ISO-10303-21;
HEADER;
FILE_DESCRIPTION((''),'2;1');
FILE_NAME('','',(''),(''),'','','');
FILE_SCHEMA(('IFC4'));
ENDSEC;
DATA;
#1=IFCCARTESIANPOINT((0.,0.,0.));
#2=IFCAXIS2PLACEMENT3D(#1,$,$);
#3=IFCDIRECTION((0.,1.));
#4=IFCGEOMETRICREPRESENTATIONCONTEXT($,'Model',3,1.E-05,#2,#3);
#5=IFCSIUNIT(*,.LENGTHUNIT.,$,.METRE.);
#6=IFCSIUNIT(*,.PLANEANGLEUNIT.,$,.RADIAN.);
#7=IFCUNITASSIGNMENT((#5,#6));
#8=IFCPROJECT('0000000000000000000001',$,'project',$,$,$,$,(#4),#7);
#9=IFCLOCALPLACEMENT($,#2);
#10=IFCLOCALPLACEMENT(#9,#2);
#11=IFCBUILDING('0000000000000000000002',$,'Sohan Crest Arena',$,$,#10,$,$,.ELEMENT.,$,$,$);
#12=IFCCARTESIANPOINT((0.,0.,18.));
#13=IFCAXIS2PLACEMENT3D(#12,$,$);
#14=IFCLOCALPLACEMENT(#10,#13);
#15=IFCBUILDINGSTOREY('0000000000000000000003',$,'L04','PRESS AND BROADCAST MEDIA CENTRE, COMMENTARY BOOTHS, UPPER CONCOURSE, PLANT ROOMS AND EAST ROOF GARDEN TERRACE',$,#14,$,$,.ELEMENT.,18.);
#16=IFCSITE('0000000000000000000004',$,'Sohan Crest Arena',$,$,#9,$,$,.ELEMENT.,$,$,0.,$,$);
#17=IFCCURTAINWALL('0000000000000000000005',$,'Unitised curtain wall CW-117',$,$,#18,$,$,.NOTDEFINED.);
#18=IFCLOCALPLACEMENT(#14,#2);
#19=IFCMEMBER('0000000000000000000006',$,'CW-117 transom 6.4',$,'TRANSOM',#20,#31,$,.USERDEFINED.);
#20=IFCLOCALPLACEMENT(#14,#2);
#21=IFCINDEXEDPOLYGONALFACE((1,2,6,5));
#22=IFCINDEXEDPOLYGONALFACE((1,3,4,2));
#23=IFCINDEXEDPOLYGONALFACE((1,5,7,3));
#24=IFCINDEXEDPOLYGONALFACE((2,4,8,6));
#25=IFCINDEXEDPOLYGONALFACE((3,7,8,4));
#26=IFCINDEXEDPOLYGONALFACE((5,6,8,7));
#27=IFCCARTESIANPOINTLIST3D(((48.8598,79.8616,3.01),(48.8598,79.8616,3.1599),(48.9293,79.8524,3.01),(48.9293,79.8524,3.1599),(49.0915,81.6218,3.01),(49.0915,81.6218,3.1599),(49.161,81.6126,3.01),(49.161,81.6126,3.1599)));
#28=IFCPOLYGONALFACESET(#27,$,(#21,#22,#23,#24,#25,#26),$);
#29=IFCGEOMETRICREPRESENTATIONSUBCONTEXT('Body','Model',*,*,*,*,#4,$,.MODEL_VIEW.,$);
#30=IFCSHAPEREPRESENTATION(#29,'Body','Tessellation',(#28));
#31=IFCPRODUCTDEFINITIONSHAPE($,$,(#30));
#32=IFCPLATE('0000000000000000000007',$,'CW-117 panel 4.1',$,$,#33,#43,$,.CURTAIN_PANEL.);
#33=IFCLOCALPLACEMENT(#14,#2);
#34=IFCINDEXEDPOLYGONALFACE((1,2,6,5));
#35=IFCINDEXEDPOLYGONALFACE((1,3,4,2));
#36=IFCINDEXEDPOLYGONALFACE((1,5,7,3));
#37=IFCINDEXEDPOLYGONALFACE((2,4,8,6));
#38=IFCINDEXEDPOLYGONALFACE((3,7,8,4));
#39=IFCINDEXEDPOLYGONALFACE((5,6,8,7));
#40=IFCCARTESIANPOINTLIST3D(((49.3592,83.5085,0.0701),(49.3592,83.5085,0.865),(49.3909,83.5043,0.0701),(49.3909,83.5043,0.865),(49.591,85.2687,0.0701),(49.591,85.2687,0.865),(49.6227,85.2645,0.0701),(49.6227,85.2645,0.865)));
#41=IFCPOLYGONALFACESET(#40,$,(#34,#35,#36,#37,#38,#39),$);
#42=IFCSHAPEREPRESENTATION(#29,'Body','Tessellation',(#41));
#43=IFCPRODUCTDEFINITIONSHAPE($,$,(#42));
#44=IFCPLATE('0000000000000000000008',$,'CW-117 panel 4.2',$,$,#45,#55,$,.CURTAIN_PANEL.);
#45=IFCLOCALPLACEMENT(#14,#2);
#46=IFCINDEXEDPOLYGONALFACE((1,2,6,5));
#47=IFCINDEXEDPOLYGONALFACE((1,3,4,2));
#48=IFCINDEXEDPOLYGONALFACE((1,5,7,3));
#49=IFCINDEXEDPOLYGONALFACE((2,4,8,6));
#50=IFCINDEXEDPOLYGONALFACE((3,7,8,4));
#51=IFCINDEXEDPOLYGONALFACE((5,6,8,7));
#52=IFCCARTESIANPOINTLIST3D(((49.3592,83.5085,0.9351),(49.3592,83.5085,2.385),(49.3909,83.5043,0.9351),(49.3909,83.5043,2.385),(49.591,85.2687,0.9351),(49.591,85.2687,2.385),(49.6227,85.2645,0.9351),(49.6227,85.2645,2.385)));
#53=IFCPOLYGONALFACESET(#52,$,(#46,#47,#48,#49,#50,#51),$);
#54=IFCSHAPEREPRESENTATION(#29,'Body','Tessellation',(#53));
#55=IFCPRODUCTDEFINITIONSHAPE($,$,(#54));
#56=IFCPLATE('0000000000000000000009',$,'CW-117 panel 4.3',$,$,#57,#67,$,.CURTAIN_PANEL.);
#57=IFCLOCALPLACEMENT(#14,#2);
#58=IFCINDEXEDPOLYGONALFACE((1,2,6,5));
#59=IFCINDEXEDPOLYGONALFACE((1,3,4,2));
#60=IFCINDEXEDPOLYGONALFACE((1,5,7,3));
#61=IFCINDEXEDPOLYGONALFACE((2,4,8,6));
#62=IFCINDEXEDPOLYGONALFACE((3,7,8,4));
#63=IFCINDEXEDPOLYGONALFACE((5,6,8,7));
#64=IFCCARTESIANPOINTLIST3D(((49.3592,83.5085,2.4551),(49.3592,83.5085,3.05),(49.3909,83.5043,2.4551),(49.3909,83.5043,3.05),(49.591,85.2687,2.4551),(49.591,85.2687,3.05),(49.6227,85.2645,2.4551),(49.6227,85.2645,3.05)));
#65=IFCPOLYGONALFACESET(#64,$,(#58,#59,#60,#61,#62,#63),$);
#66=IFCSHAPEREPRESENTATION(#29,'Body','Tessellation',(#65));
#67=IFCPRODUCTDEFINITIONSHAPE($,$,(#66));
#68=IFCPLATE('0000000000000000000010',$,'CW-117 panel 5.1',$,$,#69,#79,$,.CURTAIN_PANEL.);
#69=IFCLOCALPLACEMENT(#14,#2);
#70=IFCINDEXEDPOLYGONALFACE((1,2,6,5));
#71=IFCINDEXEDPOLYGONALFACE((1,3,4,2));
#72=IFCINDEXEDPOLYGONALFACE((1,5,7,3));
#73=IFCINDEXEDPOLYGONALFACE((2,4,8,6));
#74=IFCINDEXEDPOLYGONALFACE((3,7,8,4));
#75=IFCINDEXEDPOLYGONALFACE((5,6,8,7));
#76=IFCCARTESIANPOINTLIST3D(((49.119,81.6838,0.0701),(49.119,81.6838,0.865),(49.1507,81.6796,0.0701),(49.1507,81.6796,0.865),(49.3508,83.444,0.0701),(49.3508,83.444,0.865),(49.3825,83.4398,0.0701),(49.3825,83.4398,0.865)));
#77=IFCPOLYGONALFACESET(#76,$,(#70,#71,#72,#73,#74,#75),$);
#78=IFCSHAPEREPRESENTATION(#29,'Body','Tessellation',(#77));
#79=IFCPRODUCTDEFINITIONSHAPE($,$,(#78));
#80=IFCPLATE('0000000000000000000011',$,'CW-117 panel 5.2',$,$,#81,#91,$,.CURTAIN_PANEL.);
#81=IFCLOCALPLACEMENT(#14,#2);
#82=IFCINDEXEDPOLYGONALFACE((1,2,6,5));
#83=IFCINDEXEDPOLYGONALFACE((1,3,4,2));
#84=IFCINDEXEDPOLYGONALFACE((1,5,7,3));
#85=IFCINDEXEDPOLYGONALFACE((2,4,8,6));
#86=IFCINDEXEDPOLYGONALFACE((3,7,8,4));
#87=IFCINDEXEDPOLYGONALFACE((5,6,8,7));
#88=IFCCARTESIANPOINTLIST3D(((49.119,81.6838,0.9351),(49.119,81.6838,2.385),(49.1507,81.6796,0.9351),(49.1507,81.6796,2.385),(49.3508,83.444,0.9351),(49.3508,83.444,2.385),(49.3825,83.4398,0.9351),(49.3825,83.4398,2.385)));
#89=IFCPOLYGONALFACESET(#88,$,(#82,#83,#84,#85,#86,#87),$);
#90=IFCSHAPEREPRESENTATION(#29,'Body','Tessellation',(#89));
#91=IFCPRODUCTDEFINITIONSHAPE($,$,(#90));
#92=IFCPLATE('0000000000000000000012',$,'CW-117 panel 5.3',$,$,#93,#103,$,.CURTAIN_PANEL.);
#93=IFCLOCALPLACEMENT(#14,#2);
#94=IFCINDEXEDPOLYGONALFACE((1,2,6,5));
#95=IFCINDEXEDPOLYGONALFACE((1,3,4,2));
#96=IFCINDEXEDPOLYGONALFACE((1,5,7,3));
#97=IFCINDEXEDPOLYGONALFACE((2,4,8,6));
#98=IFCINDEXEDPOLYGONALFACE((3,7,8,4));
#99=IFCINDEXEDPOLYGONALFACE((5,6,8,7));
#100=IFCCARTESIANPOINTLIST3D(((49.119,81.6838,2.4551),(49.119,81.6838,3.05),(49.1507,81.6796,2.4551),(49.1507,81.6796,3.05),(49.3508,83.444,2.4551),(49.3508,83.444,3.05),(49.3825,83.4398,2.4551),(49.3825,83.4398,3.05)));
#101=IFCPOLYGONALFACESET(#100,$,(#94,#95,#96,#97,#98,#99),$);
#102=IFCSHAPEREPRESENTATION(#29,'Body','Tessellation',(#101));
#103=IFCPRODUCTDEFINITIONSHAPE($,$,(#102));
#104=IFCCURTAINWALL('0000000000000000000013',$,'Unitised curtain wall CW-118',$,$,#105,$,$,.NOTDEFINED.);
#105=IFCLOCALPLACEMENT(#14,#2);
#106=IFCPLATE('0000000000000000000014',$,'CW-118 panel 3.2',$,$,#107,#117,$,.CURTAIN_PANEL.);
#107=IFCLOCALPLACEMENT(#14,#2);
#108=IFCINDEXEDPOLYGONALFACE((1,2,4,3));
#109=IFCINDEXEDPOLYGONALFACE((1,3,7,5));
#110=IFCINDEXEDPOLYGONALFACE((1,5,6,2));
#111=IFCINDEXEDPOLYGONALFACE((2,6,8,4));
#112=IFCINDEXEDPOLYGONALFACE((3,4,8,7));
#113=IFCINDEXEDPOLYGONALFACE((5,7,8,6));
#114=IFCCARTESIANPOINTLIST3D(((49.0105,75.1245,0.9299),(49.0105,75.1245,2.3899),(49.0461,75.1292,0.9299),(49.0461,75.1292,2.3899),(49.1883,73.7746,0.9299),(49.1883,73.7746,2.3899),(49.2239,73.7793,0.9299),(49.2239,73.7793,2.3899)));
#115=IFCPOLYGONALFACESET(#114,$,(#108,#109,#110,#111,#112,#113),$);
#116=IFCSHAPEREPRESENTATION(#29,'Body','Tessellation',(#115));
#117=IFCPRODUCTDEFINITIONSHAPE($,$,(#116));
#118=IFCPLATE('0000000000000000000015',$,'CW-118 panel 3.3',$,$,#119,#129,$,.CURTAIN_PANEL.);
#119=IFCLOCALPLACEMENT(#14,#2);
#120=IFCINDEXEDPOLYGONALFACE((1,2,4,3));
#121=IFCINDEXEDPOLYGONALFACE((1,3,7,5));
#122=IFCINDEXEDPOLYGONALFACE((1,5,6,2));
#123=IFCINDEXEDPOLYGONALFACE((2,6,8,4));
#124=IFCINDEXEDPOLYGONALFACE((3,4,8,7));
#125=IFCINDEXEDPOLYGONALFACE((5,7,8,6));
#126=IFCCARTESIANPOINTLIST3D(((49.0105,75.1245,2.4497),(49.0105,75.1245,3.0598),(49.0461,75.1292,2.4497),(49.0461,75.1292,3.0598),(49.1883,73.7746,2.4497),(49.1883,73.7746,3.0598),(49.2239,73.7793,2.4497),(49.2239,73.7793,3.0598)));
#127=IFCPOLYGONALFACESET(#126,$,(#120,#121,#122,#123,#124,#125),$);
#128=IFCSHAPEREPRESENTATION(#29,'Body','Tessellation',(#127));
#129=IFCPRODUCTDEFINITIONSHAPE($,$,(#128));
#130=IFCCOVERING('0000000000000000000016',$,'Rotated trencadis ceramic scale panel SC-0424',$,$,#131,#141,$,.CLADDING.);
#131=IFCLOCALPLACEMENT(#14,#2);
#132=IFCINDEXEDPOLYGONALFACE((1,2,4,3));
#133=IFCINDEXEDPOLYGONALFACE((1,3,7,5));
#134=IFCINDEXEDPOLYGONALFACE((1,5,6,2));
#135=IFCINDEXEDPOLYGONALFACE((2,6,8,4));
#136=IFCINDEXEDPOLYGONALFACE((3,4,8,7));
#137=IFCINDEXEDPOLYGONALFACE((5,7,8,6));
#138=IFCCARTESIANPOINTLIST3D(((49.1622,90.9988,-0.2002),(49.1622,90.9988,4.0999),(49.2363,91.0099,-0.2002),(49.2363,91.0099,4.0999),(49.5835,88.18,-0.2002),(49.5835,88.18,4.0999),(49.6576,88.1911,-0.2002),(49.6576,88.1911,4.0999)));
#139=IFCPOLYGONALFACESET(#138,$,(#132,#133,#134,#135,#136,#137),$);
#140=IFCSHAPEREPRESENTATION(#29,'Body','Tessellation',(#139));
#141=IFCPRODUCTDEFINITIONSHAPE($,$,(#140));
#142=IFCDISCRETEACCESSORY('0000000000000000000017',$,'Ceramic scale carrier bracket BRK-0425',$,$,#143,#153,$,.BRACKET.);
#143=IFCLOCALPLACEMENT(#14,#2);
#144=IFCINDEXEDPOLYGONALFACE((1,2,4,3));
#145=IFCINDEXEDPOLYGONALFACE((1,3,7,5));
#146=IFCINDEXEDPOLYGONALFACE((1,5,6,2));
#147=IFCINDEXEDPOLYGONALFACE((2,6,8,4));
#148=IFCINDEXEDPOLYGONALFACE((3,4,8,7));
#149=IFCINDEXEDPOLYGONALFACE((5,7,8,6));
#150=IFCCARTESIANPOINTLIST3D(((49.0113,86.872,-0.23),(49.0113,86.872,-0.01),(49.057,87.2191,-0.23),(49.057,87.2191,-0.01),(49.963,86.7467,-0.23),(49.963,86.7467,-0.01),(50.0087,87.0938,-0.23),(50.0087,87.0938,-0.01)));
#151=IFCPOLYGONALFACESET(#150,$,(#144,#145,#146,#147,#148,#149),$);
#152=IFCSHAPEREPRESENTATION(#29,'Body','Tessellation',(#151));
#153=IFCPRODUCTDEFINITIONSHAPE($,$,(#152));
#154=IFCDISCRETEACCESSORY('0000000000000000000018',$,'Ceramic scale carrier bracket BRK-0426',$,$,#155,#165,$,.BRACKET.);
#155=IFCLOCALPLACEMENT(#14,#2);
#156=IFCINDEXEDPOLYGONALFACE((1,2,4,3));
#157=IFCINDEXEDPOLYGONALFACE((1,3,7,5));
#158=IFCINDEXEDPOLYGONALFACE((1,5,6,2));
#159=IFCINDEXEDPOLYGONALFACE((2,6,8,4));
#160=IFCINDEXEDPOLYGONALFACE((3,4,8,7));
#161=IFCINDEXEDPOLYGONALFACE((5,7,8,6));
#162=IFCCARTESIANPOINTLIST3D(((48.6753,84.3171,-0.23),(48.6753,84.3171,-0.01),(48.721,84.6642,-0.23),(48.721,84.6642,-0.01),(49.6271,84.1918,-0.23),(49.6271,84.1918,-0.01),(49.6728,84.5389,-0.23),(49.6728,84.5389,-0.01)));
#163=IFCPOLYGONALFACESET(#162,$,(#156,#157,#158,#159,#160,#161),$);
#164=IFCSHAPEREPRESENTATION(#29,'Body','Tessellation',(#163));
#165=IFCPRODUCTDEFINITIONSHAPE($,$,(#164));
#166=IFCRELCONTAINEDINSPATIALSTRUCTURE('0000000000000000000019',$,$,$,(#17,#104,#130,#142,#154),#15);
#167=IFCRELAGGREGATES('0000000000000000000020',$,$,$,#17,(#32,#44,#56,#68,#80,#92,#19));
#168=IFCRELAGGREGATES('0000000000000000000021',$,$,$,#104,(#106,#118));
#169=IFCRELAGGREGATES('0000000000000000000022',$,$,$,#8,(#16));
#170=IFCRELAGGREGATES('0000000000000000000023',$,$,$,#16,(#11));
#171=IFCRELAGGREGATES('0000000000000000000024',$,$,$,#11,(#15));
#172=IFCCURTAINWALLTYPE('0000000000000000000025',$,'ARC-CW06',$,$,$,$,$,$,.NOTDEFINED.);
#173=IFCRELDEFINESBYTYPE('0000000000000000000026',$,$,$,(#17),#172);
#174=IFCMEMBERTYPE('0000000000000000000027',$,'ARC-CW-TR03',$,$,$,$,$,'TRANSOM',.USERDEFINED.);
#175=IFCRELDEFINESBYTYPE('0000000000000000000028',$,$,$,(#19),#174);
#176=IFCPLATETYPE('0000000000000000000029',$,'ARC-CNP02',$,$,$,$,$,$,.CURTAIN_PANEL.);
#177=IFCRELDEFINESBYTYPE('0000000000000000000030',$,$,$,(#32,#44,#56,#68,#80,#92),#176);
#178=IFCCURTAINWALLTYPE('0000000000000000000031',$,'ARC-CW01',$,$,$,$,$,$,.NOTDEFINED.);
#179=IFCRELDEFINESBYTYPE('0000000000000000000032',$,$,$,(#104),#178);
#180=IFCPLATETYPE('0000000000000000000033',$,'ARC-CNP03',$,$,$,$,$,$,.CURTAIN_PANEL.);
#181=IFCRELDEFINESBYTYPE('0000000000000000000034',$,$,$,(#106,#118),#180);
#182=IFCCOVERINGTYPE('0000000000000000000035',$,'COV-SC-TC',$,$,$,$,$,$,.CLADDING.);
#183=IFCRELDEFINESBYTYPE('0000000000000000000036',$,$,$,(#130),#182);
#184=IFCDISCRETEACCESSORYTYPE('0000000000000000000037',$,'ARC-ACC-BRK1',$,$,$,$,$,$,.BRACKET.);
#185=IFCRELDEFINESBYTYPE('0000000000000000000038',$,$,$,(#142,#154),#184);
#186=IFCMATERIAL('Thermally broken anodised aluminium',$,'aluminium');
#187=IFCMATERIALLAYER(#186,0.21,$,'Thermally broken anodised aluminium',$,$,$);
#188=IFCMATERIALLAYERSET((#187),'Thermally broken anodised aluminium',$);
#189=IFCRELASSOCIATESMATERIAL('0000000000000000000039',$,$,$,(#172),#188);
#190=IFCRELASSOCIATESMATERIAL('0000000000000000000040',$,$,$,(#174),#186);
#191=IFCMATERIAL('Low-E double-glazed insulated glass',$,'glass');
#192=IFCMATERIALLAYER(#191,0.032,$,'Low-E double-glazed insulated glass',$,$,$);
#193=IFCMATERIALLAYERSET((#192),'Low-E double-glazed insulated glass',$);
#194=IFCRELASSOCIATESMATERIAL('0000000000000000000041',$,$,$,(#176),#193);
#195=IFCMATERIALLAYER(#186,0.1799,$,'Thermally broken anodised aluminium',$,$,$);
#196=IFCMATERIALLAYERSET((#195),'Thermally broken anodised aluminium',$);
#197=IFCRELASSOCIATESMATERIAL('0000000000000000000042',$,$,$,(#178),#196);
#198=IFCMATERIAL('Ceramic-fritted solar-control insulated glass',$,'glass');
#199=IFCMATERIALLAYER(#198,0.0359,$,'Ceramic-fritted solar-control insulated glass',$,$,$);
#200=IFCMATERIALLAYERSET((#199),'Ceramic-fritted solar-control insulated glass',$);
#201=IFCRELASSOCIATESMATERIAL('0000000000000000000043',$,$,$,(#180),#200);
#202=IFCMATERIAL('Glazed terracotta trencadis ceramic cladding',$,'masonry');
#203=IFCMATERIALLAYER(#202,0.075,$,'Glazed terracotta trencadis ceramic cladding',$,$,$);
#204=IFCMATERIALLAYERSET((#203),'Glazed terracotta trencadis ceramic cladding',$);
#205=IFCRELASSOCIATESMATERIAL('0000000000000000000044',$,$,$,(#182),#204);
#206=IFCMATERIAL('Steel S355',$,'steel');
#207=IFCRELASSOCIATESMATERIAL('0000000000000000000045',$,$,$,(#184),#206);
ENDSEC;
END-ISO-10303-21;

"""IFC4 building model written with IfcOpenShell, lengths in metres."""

from ifc_helpers import new_model, si_unit, direction, frame, origin, origin_2d, place, context, subcontext, project, spatial, rectangle, extrude, material, layer, layer_set, material_profile, profile_set, type_object, element, aggregate, save


model = new_model("IFC4")

# Units and contexts
model_context = context("Model", 3, precision=1e-05, world=origin(), true_north=direction((0.0, 1.0)))
body_context = subcontext(model_context, "Body", "Model", "MODEL_VIEW")
ifc_project = project(units=[si_unit("LENGTHUNIT", "METRE"), si_unit("PLANEANGLEUNIT", "RADIAN")], contexts=[model_context])

# Site, building, storey
site_placement = place(None, origin())
site = spatial("IfcSite", under=ifc_project, at=site_placement, Name="Sohan Crest Arena", CompositionType="ELEMENT", RefElevation=0.0)
building_placement = place(site_placement, origin())
building = spatial("IfcBuilding", under=site, at=building_placement, Name="Sohan Crest Arena", CompositionType="ELEMENT")
storey_placement = place(building_placement, frame((0.0, 0.0, 18.0)))
storey = spatial("IfcBuildingStorey", under=building, at=storey_placement, Name="L04", Description="PRESS AND BROADCAST MEDIA CENTRE, COMMENTARY BOOTHS, UPPER CONCOURSE, PLANT ROOMS AND EAST ROOF GARDEN TERRACE", CompositionType="ELEMENT", Elevation=18.0)

# Curtain wall, member, plates
ifc_material_1 = material(Name="Thermally broken anodised aluminium", Category="aluminium")
ifc_layer_1 = layer(ifc_material_1, 0.21, Name="Thermally broken anodised aluminium")
ifc_layer_set_1 = layer_set([ifc_layer_1], Name="Thermally broken anodised aluminium")
curtain_wall_type_1 = type_object("IfcCurtainWallType", Name="ARC-CW06", PredefinedType="NOTDEFINED", material=ifc_layer_set_1)
curtain_wall_1_placement = place(storey_placement, origin())
curtain_wall_1 = element("IfcCurtainWall", 1, at=curtain_wall_1_placement, inside=storey, type_object=curtain_wall_type_1, Name="Unitised curtain wall CW-117", PredefinedType="NOTDEFINED")
ifc_material_profile_1 = material_profile(ifc_material_1, rectangle(XDim=0.0701, YDim=0.1499, at=origin_2d()), Name="ALU-TRAN 70x150")
ifc_profile_set_1 = profile_set([ifc_material_profile_1], Name="Thermally broken anodised aluminium")
member_type_1 = type_object("IfcMemberType", Name="ARC-CW-TR03", ElementType="TRANSOM", PredefinedType="USERDEFINED", material=ifc_profile_set_1)
member_1_placement = place(storey_placement, frame((49.1262, 81.6172, 3.085), z_axis=(-0.130497, -0.991449, 0.0), x_axis=(0.991449, -0.130497, 0.0)))
member_1 = element("IfcMember", 2, at=member_1_placement, type_object=member_type_1, Name="CW-117 transom 6.4", ObjectType="TRANSOM", PredefinedType="USERDEFINED", context=body_context, shape_type="SweptSolid", body=[
    extrude(rectangle(XDim=0.0701, YDim=0.1499, at=origin_2d()), origin(), (0.0, 0.0, 1.0), 1.7754),
])
ifc_material_2 = material(Name="Low-E double-glazed insulated glass", Category="glass")
ifc_layer_2 = layer(ifc_material_2, 0.032, Name="Low-E double-glazed insulated glass")
ifc_layer_set_2 = layer_set([ifc_layer_2], Name="Low-E double-glazed insulated glass")
plate_type_1 = type_object("IfcPlateType", Name="ARC-CNP02", PredefinedType="CURTAIN_PANEL", material=ifc_layer_set_2)
plate_1_placement = place(storey_placement, frame((49.491, 84.3865, 0.0701), z_axis=(0.0, 0.0, 1.0), x_axis=(-0.130557, -0.991441, 0.0)))
plate_1 = element("IfcPlate", 3, at=plate_1_placement, type_object=plate_type_1, Name="CW-117 panel 4.1", PredefinedType="CURTAIN_PANEL", context=body_context, shape_type="SweptSolid", body=[
    extrude(rectangle(XDim=1.7754, YDim=0.032, at=origin_2d()), origin(), (0.0, 0.0, 1.0), 0.7949),
])
plate_2_placement = place(storey_placement, frame((49.491, 84.3865, 0.9351), z_axis=(0.0, 0.0, 1.0), x_axis=(-0.130557, -0.991441, 0.0)))
plate_2 = element("IfcPlate", 4, at=plate_2_placement, type_object=plate_type_1, Name="CW-117 panel 4.2", PredefinedType="CURTAIN_PANEL", context=body_context, shape_type="SweptSolid", body=[
    extrude(rectangle(XDim=1.7754, YDim=0.032, at=origin_2d()), origin(), (0.0, 0.0, 1.0), 1.45),
])
plate_3_placement = place(storey_placement, frame((49.491, 84.3865, 2.4551), z_axis=(0.0, 0.0, 1.0), x_axis=(-0.130557, -0.991441, 0.0)))
plate_3 = element("IfcPlate", 5, at=plate_3_placement, type_object=plate_type_1, Name="CW-117 panel 4.3", PredefinedType="CURTAIN_PANEL", context=body_context, shape_type="SweptSolid", body=[
    extrude(rectangle(XDim=1.7754, YDim=0.032, at=origin_2d()), origin(), (0.0, 0.0, 1.0), 0.595),
])
plate_4_placement = place(storey_placement, frame((49.2507, 82.5618, 0.0701), z_axis=(0.0, 0.0, 1.0), x_axis=(-0.130557, -0.991441, 0.0)))
plate_4 = element("IfcPlate", 6, at=plate_4_placement, type_object=plate_type_1, Name="CW-117 panel 5.1", PredefinedType="CURTAIN_PANEL", context=body_context, shape_type="SweptSolid", body=[
    extrude(rectangle(XDim=1.7754, YDim=0.032, at=origin_2d()), origin(), (0.0, 0.0, 1.0), 0.7949),
])
plate_5_placement = place(storey_placement, frame((49.2507, 82.5618, 0.9351), z_axis=(0.0, 0.0, 1.0), x_axis=(-0.130557, -0.991441, 0.0)))
plate_5 = element("IfcPlate", 7, at=plate_5_placement, type_object=plate_type_1, Name="CW-117 panel 5.2", PredefinedType="CURTAIN_PANEL", context=body_context, shape_type="SweptSolid", body=[
    extrude(rectangle(XDim=1.7754, YDim=0.032, at=origin_2d()), origin(), (0.0, 0.0, 1.0), 1.45),
])
plate_6_placement = place(storey_placement, frame((49.2507, 82.5618, 2.4551), z_axis=(0.0, 0.0, 1.0), x_axis=(-0.130557, -0.991441, 0.0)))
plate_6 = element("IfcPlate", 8, at=plate_6_placement, type_object=plate_type_1, Name="CW-117 panel 5.3", PredefinedType="CURTAIN_PANEL", context=body_context, shape_type="SweptSolid", body=[
    extrude(rectangle(XDim=1.7754, YDim=0.032, at=origin_2d()), origin(), (0.0, 0.0, 1.0), 0.595),
])
aggregate(curtain_wall_1, [plate_1, plate_2, plate_3, plate_4, plate_5, plate_6, member_1])

# Curtain wall, plates
ifc_layer_3 = layer(ifc_material_1, 0.1799, Name="Thermally broken anodised aluminium")
ifc_layer_set_3 = layer_set([ifc_layer_3], Name="Thermally broken anodised aluminium")
curtain_wall_type_2 = type_object("IfcCurtainWallType", Name="ARC-CW01", PredefinedType="NOTDEFINED", material=ifc_layer_set_3)
curtain_wall_2_placement = place(storey_placement, origin())
curtain_wall_2 = element("IfcCurtainWall", 9, at=curtain_wall_2_placement, inside=storey, type_object=curtain_wall_type_2, Name="Unitised curtain wall CW-118", PredefinedType="NOTDEFINED")
ifc_material_3 = material(Name="Ceramic-fritted solar-control insulated glass", Category="glass")
ifc_layer_4 = layer(ifc_material_3, 0.0359, Name="Ceramic-fritted solar-control insulated glass")
ifc_layer_set_4 = layer_set([ifc_layer_4], Name="Ceramic-fritted solar-control insulated glass")
plate_type_2 = type_object("IfcPlateType", Name="ARC-CNP03", PredefinedType="CURTAIN_PANEL", material=ifc_layer_set_4)
plate_7_placement = place(storey_placement, frame((49.1172, 74.4519, 0.9299), z_axis=(0.0, 0.0, 1.0), x_axis=(0.130557, -0.991441, 0.0)))
plate_7 = element("IfcPlate", 10, at=plate_7_placement, type_object=plate_type_2, Name="CW-118 panel 3.2", PredefinedType="CURTAIN_PANEL", context=body_context, shape_type="SweptSolid", body=[
    extrude(rectangle(XDim=1.3616, YDim=0.0359, at=origin_2d()), origin(), (0.0, 0.0, 1.0), 1.46),
])
plate_8_placement = place(storey_placement, frame((49.1172, 74.4519, 2.4497), z_axis=(0.0, 0.0, 1.0), x_axis=(0.130557, -0.991441, 0.0)))
plate_8 = element("IfcPlate", 11, at=plate_8_placement, type_object=plate_type_2, Name="CW-118 panel 3.3", PredefinedType="CURTAIN_PANEL", context=body_context, shape_type="SweptSolid", body=[
    extrude(rectangle(XDim=1.3616, YDim=0.0359, at=origin_2d()), origin(), (0.0, 0.0, 1.0), 0.6101),
])
aggregate(curtain_wall_2, [plate_7, plate_8])

# Covering
ifc_material_4 = material(Name="Glazed terracotta trencadis ceramic cladding", Category="masonry")
ifc_layer_5 = layer(ifc_material_4, 0.075, Name="Glazed terracotta trencadis ceramic cladding")
ifc_layer_set_5 = layer_set([ifc_layer_5], Name="Glazed terracotta trencadis ceramic cladding")
covering_type = type_object("IfcCoveringType", Name="COV-SC-TC", PredefinedType="CLADDING", material=ifc_layer_set_5)
covering_placement = place(storey_placement, frame((49.4099, 89.595, -0.2002), z_axis=(0.0, 0.0, 1.0), x_axis=(0.147809, -0.989016, 0.0)))
element("IfcCovering", 12, at=covering_placement, inside=storey, type_object=covering_type, Name="Rotated trencadis ceramic scale panel SC-0424", PredefinedType="CLADDING", context=body_context, shape_type="SweptSolid", body=[
    extrude(rectangle(XDim=2.8501, YDim=0.075, at=origin_2d()), origin(), (0.0, 0.0, 1.0), 4.3),
])

# Discrete accessories
ifc_material_5 = material(Name="Steel S355", Category="steel")
discrete_accessory_type = type_object("IfcDiscreteAccessoryType", Name="ARC-ACC-BRK1", PredefinedType="BRACKET", material=ifc_material_5)
for number, where, z_axis, x_axis, name in (
    (13, (49.51, 86.9829, -0.23), (0.0, 0.0, 1.0), (-0.130526, -0.991445, 0.0), "Ceramic scale carrier bracket BRK-0425"),
    (14, (49.1741, 84.428, -0.23), (0.0, 0.0, 1.0), (-0.130526, -0.991445, 0.0), "Ceramic scale carrier bracket BRK-0426"),
):
    element("IfcDiscreteAccessory", number, at=place(storey_placement, frame(where, z_axis=z_axis, x_axis=x_axis)), inside=storey, type_object=discrete_accessory_type, Name=name, PredefinedType="BRACKET", context=body_context, shape_type="SweptSolid", body=[
        extrude(rectangle(XDim=0.3501, YDim=0.96, at=origin_2d()), origin(), (0.0, 0.0, 1.0), 0.22),
    ])

save(model, "model.ifc")
